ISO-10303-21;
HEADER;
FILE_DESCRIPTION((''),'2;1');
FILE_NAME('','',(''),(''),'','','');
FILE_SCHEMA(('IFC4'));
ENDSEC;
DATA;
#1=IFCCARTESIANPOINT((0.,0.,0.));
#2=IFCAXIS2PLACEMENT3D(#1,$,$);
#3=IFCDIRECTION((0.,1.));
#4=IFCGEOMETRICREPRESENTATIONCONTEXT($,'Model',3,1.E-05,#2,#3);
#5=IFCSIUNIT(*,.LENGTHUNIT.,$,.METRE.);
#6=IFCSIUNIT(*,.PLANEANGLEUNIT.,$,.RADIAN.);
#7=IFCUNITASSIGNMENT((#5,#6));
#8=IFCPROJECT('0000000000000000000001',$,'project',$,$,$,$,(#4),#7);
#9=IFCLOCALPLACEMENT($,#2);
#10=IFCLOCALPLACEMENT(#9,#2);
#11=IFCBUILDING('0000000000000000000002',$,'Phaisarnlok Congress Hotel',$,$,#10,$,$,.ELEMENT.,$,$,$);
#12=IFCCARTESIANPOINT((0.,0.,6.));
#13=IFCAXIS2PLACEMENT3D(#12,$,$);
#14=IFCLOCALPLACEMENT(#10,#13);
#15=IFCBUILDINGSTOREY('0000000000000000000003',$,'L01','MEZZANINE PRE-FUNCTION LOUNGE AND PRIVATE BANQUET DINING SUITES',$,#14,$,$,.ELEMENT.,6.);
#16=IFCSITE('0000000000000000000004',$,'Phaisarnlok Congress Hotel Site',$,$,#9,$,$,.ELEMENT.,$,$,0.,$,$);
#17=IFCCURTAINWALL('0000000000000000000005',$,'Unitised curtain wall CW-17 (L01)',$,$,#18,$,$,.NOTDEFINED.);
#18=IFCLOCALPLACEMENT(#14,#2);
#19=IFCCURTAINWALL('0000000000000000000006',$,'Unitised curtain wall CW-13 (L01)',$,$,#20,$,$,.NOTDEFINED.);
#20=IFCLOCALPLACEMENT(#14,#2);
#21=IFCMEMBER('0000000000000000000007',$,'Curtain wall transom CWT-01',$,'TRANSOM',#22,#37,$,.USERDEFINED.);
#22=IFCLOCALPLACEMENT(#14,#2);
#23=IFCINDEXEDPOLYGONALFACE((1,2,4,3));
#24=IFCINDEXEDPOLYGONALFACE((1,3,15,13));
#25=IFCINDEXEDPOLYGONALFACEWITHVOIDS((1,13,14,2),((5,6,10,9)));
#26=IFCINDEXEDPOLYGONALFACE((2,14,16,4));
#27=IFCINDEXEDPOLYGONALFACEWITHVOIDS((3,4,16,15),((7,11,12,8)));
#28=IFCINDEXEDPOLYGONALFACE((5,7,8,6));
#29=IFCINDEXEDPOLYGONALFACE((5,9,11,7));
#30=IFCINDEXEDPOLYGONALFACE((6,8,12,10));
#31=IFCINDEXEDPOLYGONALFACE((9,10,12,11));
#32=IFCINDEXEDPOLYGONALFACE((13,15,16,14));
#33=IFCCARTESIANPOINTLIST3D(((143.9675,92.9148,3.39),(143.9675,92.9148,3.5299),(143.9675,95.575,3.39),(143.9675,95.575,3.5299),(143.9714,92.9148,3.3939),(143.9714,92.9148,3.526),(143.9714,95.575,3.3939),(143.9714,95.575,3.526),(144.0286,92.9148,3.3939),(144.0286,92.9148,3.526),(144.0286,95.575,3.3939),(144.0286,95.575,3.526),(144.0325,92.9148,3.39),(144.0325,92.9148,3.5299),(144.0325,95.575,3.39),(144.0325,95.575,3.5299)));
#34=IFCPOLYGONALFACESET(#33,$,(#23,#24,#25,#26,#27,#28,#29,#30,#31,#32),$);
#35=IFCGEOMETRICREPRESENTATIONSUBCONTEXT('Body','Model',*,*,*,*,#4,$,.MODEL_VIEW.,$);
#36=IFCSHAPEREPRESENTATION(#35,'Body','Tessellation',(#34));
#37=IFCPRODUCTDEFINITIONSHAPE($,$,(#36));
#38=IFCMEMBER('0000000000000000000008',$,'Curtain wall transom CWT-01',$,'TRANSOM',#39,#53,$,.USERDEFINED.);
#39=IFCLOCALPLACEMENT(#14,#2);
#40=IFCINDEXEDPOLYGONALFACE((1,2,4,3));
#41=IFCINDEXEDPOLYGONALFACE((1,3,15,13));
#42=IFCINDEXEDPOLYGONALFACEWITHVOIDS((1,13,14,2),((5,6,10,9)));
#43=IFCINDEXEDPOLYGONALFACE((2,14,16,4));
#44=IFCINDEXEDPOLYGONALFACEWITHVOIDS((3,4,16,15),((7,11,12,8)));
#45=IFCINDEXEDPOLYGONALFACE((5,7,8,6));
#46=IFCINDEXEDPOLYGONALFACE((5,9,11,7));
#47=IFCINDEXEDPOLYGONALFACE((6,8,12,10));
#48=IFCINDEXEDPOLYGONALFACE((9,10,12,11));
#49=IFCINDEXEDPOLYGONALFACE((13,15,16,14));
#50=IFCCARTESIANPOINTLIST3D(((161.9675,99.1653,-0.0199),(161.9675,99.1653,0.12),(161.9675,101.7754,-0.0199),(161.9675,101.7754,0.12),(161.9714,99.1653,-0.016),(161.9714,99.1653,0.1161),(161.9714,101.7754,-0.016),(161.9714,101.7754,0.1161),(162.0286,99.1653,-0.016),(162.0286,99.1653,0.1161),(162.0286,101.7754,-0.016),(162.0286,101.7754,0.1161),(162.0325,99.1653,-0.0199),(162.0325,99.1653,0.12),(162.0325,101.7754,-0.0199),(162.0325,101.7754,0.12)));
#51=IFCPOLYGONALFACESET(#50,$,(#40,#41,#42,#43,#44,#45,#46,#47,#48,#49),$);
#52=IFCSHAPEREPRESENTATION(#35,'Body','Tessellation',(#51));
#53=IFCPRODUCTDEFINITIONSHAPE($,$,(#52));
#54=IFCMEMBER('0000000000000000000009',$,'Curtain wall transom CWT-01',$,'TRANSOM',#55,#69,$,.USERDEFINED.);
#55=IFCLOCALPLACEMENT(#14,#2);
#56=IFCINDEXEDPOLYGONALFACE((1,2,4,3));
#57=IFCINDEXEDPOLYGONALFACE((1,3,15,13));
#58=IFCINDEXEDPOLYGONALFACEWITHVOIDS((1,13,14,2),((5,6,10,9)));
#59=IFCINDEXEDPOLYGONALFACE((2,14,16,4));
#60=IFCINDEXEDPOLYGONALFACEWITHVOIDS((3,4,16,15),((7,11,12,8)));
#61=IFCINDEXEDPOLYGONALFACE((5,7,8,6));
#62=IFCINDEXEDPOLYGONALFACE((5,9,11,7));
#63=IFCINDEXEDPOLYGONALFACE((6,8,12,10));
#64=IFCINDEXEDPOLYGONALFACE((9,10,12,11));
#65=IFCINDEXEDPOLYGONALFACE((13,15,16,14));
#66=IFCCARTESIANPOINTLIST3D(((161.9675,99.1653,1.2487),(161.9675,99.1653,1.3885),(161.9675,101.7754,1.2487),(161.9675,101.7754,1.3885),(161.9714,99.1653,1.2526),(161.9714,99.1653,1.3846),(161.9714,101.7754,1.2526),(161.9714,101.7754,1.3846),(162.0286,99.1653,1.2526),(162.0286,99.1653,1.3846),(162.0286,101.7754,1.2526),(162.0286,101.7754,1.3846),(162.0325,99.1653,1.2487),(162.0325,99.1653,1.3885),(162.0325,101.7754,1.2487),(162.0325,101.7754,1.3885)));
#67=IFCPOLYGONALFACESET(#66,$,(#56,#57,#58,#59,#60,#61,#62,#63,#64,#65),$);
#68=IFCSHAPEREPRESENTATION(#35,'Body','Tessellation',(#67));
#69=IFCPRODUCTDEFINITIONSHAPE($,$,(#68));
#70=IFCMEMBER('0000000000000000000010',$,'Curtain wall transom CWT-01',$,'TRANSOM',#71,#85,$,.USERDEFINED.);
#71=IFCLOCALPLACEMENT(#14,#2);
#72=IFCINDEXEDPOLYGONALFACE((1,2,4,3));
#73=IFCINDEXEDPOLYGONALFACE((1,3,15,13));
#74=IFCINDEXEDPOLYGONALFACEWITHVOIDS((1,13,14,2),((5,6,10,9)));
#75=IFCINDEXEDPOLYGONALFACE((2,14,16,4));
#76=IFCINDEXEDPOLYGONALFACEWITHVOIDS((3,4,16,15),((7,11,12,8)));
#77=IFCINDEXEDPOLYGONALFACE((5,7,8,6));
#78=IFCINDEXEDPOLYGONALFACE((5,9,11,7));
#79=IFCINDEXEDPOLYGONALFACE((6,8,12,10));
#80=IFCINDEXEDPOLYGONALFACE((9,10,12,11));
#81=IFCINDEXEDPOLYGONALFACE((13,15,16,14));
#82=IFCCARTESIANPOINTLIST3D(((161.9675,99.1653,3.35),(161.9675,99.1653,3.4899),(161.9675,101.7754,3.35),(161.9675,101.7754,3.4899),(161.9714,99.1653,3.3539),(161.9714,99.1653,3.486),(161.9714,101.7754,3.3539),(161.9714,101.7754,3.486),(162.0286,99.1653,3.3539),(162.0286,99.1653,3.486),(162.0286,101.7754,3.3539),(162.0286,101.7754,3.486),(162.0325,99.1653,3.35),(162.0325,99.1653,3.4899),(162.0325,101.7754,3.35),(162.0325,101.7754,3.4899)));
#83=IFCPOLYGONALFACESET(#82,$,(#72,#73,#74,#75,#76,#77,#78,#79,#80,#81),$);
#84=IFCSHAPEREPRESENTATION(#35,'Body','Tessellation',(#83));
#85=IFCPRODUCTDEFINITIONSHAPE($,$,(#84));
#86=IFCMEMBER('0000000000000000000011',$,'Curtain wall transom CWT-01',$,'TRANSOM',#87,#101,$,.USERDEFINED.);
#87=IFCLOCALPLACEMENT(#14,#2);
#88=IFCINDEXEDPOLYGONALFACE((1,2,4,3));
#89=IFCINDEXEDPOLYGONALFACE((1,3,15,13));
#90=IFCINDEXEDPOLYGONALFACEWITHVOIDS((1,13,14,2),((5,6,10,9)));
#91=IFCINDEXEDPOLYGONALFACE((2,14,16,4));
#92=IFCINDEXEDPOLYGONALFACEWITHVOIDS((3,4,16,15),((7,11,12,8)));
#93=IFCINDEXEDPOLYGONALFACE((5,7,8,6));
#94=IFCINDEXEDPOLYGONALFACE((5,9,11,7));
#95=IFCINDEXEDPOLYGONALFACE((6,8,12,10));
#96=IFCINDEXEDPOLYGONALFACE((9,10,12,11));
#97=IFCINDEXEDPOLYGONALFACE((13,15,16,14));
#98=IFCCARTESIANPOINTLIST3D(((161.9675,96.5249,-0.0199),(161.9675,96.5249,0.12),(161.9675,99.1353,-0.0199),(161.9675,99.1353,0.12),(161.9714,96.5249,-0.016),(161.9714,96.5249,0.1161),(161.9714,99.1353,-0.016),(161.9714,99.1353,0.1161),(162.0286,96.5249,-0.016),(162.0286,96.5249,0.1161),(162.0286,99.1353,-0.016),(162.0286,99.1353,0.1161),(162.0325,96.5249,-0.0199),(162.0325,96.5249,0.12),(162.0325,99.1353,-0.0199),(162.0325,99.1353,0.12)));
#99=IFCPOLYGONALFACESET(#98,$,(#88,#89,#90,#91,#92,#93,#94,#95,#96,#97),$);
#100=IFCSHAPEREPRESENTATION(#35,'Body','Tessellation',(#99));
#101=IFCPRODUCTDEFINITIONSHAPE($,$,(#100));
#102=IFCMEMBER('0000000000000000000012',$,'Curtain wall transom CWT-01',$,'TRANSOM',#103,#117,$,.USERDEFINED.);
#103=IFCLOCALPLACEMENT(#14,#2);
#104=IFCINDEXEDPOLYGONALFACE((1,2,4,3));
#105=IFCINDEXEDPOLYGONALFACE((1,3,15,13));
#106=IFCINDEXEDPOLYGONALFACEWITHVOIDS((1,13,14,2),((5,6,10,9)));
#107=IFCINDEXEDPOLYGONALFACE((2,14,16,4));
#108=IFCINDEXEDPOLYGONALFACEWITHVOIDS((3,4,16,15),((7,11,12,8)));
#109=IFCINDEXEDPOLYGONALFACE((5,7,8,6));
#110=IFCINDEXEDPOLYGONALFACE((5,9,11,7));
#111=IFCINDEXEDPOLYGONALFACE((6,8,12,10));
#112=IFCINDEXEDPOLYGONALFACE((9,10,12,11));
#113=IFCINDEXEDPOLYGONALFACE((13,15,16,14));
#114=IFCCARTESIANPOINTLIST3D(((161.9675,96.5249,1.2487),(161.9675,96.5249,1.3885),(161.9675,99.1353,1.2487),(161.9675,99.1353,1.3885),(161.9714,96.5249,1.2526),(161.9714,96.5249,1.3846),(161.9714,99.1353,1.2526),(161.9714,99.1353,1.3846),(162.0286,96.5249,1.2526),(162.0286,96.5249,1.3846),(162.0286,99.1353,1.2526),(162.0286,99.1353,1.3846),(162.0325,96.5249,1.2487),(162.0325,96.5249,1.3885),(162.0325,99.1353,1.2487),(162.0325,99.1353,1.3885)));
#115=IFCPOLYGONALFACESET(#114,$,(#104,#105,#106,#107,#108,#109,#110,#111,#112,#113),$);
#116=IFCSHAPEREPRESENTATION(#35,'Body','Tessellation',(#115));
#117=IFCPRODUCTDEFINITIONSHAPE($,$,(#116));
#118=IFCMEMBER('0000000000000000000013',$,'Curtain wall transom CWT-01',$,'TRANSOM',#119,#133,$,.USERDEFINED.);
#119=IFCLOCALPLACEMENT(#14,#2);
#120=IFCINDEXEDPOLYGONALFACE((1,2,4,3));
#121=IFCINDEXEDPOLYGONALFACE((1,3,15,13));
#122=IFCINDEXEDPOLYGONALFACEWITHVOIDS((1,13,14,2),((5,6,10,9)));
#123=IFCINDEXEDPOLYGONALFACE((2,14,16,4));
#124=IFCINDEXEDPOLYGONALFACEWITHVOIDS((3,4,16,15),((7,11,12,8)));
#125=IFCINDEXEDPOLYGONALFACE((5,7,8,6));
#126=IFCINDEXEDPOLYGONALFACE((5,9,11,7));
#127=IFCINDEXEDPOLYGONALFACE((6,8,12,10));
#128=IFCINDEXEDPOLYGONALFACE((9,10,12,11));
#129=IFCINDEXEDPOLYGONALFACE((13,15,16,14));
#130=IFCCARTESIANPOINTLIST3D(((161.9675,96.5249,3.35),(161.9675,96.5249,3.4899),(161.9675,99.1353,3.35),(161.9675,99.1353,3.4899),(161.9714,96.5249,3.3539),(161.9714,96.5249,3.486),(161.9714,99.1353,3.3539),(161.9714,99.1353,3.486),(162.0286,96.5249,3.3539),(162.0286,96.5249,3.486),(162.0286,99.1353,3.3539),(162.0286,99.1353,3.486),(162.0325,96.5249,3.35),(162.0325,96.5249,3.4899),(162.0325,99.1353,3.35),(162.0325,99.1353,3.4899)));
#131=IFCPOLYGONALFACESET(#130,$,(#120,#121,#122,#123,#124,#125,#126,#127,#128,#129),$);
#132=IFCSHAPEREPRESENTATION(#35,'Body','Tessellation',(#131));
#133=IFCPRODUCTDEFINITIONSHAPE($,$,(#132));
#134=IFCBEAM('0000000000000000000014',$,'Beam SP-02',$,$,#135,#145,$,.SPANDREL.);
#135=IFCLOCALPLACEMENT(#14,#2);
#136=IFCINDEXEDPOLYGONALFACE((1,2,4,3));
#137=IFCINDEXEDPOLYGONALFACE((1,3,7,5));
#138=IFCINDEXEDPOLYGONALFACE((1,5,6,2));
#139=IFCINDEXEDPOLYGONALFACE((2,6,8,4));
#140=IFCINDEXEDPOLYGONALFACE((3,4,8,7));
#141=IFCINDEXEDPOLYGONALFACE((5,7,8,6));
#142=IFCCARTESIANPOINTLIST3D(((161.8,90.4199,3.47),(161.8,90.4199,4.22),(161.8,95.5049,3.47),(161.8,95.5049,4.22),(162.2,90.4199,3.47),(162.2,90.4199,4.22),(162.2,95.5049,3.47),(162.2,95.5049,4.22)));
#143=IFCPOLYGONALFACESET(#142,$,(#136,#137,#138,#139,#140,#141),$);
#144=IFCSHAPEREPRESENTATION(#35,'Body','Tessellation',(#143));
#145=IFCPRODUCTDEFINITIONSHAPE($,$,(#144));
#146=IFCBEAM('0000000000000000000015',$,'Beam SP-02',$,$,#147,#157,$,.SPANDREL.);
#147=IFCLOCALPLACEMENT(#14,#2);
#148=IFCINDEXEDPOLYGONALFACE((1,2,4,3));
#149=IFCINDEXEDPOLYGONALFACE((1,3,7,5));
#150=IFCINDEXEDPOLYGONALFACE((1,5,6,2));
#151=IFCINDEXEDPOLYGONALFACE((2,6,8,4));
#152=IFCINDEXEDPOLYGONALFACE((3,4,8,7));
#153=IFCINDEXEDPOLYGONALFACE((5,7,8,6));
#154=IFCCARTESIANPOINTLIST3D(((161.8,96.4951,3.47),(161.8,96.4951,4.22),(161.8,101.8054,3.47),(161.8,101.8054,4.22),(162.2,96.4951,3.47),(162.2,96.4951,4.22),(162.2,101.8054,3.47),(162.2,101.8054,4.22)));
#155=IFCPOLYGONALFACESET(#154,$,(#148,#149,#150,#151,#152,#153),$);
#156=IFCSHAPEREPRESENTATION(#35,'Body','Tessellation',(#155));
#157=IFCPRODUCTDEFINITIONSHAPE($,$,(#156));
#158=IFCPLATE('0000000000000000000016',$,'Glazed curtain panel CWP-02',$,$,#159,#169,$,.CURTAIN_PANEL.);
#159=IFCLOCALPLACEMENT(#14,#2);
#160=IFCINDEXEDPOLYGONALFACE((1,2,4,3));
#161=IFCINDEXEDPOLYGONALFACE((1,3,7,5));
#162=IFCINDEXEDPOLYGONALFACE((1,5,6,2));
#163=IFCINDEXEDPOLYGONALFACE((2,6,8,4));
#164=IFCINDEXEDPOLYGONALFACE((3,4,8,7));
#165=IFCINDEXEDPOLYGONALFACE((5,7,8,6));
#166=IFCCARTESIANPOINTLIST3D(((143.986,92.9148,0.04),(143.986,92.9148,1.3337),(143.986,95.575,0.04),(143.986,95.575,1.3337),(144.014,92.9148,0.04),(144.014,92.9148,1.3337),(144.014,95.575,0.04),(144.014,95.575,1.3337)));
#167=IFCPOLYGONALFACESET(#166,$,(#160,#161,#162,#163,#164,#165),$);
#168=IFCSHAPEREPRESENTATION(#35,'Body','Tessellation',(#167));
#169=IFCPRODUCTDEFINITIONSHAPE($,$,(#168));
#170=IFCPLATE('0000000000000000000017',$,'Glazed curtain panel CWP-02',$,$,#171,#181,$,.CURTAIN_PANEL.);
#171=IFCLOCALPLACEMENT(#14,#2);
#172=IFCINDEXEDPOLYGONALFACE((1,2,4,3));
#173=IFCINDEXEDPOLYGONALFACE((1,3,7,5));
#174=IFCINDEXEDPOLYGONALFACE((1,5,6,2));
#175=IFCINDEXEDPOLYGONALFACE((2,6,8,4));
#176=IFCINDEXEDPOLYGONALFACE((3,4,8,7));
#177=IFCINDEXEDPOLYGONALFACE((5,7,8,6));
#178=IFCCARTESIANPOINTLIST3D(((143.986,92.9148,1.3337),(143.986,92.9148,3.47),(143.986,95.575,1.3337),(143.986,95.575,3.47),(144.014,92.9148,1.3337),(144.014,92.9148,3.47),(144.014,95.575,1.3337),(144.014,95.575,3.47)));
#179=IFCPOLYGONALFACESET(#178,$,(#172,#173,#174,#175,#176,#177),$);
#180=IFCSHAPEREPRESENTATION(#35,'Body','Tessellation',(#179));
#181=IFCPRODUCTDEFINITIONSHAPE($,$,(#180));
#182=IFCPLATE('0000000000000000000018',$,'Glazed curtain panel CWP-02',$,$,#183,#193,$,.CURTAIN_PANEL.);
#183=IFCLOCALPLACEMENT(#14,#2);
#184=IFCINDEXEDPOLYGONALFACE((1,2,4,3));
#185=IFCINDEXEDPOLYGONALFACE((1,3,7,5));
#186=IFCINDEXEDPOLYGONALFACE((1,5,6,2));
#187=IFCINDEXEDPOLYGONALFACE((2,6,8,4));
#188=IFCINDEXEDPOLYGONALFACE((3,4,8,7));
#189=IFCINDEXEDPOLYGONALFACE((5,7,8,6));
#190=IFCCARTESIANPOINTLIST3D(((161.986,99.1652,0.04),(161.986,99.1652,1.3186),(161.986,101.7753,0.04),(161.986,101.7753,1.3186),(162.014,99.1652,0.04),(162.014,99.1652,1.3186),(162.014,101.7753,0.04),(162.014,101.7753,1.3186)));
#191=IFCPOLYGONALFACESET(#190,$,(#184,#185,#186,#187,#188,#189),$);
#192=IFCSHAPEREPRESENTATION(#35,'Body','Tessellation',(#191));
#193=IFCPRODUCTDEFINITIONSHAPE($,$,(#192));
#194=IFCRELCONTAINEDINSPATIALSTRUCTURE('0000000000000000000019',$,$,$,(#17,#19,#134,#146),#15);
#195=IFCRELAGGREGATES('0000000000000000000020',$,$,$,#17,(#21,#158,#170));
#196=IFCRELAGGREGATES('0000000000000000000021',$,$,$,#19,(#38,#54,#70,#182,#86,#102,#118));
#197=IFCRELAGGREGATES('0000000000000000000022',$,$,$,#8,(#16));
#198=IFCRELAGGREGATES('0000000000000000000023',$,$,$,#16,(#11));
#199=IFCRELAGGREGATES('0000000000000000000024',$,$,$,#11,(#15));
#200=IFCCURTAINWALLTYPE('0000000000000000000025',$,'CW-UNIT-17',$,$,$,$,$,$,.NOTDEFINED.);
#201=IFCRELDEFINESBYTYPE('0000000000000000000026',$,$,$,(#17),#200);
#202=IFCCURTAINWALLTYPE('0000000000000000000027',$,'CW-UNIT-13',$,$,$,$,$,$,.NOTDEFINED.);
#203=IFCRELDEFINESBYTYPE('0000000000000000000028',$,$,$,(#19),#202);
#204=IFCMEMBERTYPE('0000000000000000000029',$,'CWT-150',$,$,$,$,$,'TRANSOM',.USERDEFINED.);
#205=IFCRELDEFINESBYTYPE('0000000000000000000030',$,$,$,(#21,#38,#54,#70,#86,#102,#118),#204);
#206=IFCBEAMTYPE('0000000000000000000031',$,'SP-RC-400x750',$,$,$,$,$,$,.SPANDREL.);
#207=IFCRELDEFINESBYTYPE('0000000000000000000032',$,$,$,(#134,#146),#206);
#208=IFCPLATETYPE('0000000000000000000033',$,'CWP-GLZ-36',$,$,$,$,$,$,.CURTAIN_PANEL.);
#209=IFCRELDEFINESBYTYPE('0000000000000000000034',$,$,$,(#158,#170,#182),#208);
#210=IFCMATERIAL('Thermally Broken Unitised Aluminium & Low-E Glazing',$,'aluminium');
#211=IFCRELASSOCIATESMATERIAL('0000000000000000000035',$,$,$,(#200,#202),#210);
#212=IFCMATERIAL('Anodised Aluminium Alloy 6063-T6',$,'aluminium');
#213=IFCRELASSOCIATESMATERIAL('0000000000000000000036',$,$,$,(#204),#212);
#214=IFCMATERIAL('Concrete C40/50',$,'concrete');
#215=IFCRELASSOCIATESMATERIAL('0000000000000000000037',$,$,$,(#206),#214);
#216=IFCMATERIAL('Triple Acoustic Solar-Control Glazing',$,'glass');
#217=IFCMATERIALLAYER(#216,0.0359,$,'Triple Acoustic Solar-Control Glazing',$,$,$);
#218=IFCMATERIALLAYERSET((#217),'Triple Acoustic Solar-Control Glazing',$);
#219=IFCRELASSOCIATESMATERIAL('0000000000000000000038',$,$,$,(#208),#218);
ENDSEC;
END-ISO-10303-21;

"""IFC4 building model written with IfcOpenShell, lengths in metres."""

from ifc_helpers import new_model, si_unit, direction, frame, frame_2d, origin, origin_2d, place, context, subcontext, project, spatial, rectangle, hollow_rectangle, extrude, material, layer, layer_set, material_profile, profile_set, type_object, element, aggregate, save


model = new_model("IFC4")

# Units and contexts
model_context = context("Model", 3, precision=1e-05, world=origin(), true_north=direction((0.0, 1.0)))
body_context = subcontext(model_context, "Body", "Model", "MODEL_VIEW")
ifc_project = project(units=[si_unit("LENGTHUNIT", "METRE"), si_unit("PLANEANGLEUNIT", "RADIAN")], contexts=[model_context])

# Site, building, storey
site_placement = place(None, origin())
site = spatial("IfcSite", under=ifc_project, at=site_placement, Name="Phaisarnlok Congress Hotel Site", CompositionType="ELEMENT", RefElevation=0.0)
building_placement = place(site_placement, origin())
building = spatial("IfcBuilding", under=site, at=building_placement, Name="Phaisarnlok Congress Hotel", CompositionType="ELEMENT")
storey_placement = place(building_placement, frame((0.0, 0.0, 6.0)))
storey = spatial("IfcBuildingStorey", under=building, at=storey_placement, Name="L01", Description="MEZZANINE PRE-FUNCTION LOUNGE AND PRIVATE BANQUET DINING SUITES", CompositionType="ELEMENT", Elevation=6.0)

# Curtain wall
ifc_material_1 = material(Name="Thermally Broken Unitised Aluminium & Low-E Glazing", Category="aluminium")
curtain_wall_type_1 = type_object("IfcCurtainWallType", Name="CW-UNIT-17", PredefinedType="NOTDEFINED", material=ifc_material_1)
curtain_wall_1_placement = place(storey_placement, origin())
curtain_wall_1 = element("IfcCurtainWall", 1, at=curtain_wall_1_placement, inside=storey, type_object=curtain_wall_type_1, Name="Unitised curtain wall CW-17 (L01)", PredefinedType="NOTDEFINED")
ifc_material_2 = material(Name="Anodised Aluminium Alloy 6063-T6", Category="aluminium")

# Curtain wall
curtain_wall_type_2 = type_object("IfcCurtainWallType", Name="CW-UNIT-13", PredefinedType="NOTDEFINED", material=ifc_material_1)
curtain_wall_2_placement = place(storey_placement, origin())
curtain_wall_2 = element("IfcCurtainWall", 2, at=curtain_wall_2_placement, inside=storey, type_object=curtain_wall_type_2, Name="Unitised curtain wall CW-13 (L01)", PredefinedType="NOTDEFINED")

# Members
ifc_material_profile_1 = material_profile(ifc_material_2, hollow_rectangle(XDim=0.0649, YDim=0.1399, WallThickness=0.0039, at=origin_2d()), Name="ALU-T 65x140x4")
ifc_profile_set_1 = profile_set([ifc_material_profile_1], Name="Anodised Aluminium Alloy 6063-T6")
member_type_1 = type_object("IfcMemberType", Name="CWT-150", ElementType="TRANSOM", PredefinedType="USERDEFINED", material=ifc_profile_set_1)
member_1_placement = place(storey_placement, frame((144.0, 92.9148, 3.46), z_axis=(0.0, 1.0, 0.0), x_axis=(-1.0, 0.0, 0.0)))
member_1 = element("IfcMember", 3, at=member_1_placement, type_object=member_type_1, Name="Curtain wall transom CWT-01", ObjectType="TRANSOM", PredefinedType="USERDEFINED", context=body_context, shape_type="SweptSolid", body=[
    extrude(hollow_rectangle(XDim=0.0649, YDim=0.1399, WallThickness=0.0039, at=origin_2d()), origin(), (0.0, 0.0, 1.0), 2.6602),
])
member_2_placement = place(storey_placement, frame((162.0, 101.7754, 0.05), z_axis=(0.0, -1.0, 0.0), x_axis=(1.0, 0.0, 0.0)))
member_2 = element("IfcMember", 4, at=member_2_placement, type_object=member_type_1, Name="Curtain wall transom CWT-01", ObjectType="TRANSOM", PredefinedType="USERDEFINED", context=body_context, shape_type="SweptSolid", body=[
    extrude(hollow_rectangle(XDim=0.0649, YDim=0.1399, WallThickness=0.0039, at=origin_2d()), origin(), (0.0, 0.0, 1.0), 2.6101),
])
member_3_placement = place(storey_placement, frame((162.0, 101.7754, 1.3186), z_axis=(0.0, -1.0, 0.0), x_axis=(1.0, 0.0, 0.0)))
member_3 = element("IfcMember", 5, at=member_3_placement, type_object=member_type_1, Name="Curtain wall transom CWT-01", ObjectType="TRANSOM", PredefinedType="USERDEFINED", context=body_context, shape_type="SweptSolid", body=[
    extrude(hollow_rectangle(XDim=0.0649, YDim=0.1399, WallThickness=0.0039, at=origin_2d()), origin(), (0.0, 0.0, 1.0), 2.6101),
])
member_4_placement = place(storey_placement, frame((162.0, 101.7754, 3.4199), z_axis=(0.0, -1.0, 0.0), x_axis=(1.0, 0.0, 0.0)))
member_4 = element("IfcMember", 6, at=member_4_placement, type_object=member_type_1, Name="Curtain wall transom CWT-01", ObjectType="TRANSOM", PredefinedType="USERDEFINED", context=body_context, shape_type="SweptSolid", body=[
    extrude(hollow_rectangle(XDim=0.0649, YDim=0.1399, WallThickness=0.0039, at=origin_2d()), origin(), (0.0, 0.0, 1.0), 2.6101),
])
member_5_placement = place(storey_placement, frame((162.0, 99.1353, 0.05), z_axis=(0.0, -1.0, 0.0), x_axis=(1.0, 0.0, 0.0)))
member_5 = element("IfcMember", 7, at=member_5_placement, type_object=member_type_1, Name="Curtain wall transom CWT-01", ObjectType="TRANSOM", PredefinedType="USERDEFINED", context=body_context, shape_type="SweptSolid", body=[
    extrude(hollow_rectangle(XDim=0.0649, YDim=0.1399, WallThickness=0.0039, at=origin_2d()), origin(), (0.0, 0.0, 1.0), 2.6104),
])
member_6_placement = place(storey_placement, frame((162.0, 99.1353, 1.3186), z_axis=(0.0, -1.0, 0.0), x_axis=(1.0, 0.0, 0.0)))
member_6 = element("IfcMember", 8, at=member_6_placement, type_object=member_type_1, Name="Curtain wall transom CWT-01", ObjectType="TRANSOM", PredefinedType="USERDEFINED", context=body_context, shape_type="SweptSolid", body=[
    extrude(hollow_rectangle(XDim=0.0649, YDim=0.1399, WallThickness=0.0039, at=origin_2d()), origin(), (0.0, 0.0, 1.0), 2.6104),
])
member_7_placement = place(storey_placement, frame((162.0, 99.1353, 3.4199), z_axis=(0.0, -1.0, 0.0), x_axis=(1.0, 0.0, 0.0)))
member_7 = element("IfcMember", 9, at=member_7_placement, type_object=member_type_1, Name="Curtain wall transom CWT-01", ObjectType="TRANSOM", PredefinedType="USERDEFINED", context=body_context, shape_type="SweptSolid", body=[
    extrude(hollow_rectangle(XDim=0.0649, YDim=0.1399, WallThickness=0.0039, at=origin_2d()), origin(), (0.0, 0.0, 1.0), 2.6104),
])

# Beams
ifc_material_3 = material(Name="Concrete C40/50", Category="concrete")
ifc_material_profile_2 = material_profile(ifc_material_3, rectangle(XDim=0.3999, YDim=0.75, at=origin_2d()), Name="RC 400x750")
ifc_profile_set_2 = profile_set([ifc_material_profile_2], Name="Concrete C40/50")
beam_type = type_object("IfcBeamType", Name="SP-RC-400x750", PredefinedType="SPANDREL", material=ifc_profile_set_2)
beam_1_placement = place(storey_placement, frame((162.0, 90.4199, 3.845), z_axis=(0.0, 1.0, 0.0), x_axis=(-1.0, 0.0, 0.0)))
element("IfcBeam", 10, at=beam_1_placement, inside=storey, type_object=beam_type, Name="Beam SP-02", PredefinedType="SPANDREL", context=body_context, shape_type="SweptSolid", body=[
    extrude(rectangle(XDim=0.3999, YDim=0.75, at=origin_2d()), origin(), (0.0, 0.0, 1.0), 5.085),
])
beam_2_placement = place(storey_placement, frame((162.0, 96.4951, 3.845), z_axis=(0.0, 1.0, 0.0), x_axis=(-1.0, 0.0, 0.0)))
element("IfcBeam", 11, at=beam_2_placement, inside=storey, type_object=beam_type, Name="Beam SP-02", PredefinedType="SPANDREL", context=body_context, shape_type="SweptSolid", body=[
    extrude(rectangle(XDim=0.3999, YDim=0.75, at=origin_2d()), origin(), (0.0, 0.0, 1.0), 5.3103),
])

# Plates
ifc_material_4 = material(Name="Triple Acoustic Solar-Control Glazing", Category="glass")
ifc_layer_1 = layer(ifc_material_4, 0.0359, Name="Triple Acoustic Solar-Control Glazing")
ifc_layer_set_1 = layer_set([ifc_layer_1], Name="Triple Acoustic Solar-Control Glazing")
plate_type = type_object("IfcPlateType", Name="CWP-GLZ-36", PredefinedType="CURTAIN_PANEL", material=ifc_layer_set_1)
plate_1_placement = place(storey_placement, frame((144.0, 92.9148, 0.04), z_axis=(0.0, 0.0, 1.0), x_axis=(0.0, 1.0, 0.0)))
plate_1 = element("IfcPlate", 12, at=plate_1_placement, type_object=plate_type, Name="Glazed curtain panel CWP-02", PredefinedType="CURTAIN_PANEL", context=body_context, shape_type="SweptSolid", body=[
    extrude(rectangle(XDim=2.6602, YDim=0.0281, at=frame_2d((1.3301, 0.0))), origin(), (0.0, 0.0, 1.0), 1.2937),
])
plate_2_placement = place(storey_placement, frame((144.0, 92.9148, 1.3337), z_axis=(0.0, 0.0, 1.0), x_axis=(0.0, 1.0, 0.0)))
plate_2 = element("IfcPlate", 13, at=plate_2_placement, type_object=plate_type, Name="Glazed curtain panel CWP-02", PredefinedType="CURTAIN_PANEL", context=body_context, shape_type="SweptSolid", body=[
    extrude(rectangle(XDim=2.6602, YDim=0.0281, at=frame_2d((1.3301, 0.0))), origin(), (0.0, 0.0, 1.0), 2.1362),
])
aggregate(curtain_wall_1, [member_1, plate_1, plate_2])
plate_3_placement = place(storey_placement, frame((162.0, 101.7754, 0.04), z_axis=(0.0, 0.0, 1.0), x_axis=(0.0, -1.0, 0.0)))
plate_3 = element("IfcPlate", 14, at=plate_3_placement, type_object=plate_type, Name="Glazed curtain panel CWP-02", PredefinedType="CURTAIN_PANEL", context=body_context, shape_type="SweptSolid", body=[
    extrude(rectangle(XDim=2.6101, YDim=0.0281, at=frame_2d((1.3052, 0.0))), origin(), (0.0, 0.0, 1.0), 1.2786),
])
aggregate(curtain_wall_2, [member_2, member_3, member_4, plate_3, member_5, member_6, member_7])

save(model, "model.ifc")
